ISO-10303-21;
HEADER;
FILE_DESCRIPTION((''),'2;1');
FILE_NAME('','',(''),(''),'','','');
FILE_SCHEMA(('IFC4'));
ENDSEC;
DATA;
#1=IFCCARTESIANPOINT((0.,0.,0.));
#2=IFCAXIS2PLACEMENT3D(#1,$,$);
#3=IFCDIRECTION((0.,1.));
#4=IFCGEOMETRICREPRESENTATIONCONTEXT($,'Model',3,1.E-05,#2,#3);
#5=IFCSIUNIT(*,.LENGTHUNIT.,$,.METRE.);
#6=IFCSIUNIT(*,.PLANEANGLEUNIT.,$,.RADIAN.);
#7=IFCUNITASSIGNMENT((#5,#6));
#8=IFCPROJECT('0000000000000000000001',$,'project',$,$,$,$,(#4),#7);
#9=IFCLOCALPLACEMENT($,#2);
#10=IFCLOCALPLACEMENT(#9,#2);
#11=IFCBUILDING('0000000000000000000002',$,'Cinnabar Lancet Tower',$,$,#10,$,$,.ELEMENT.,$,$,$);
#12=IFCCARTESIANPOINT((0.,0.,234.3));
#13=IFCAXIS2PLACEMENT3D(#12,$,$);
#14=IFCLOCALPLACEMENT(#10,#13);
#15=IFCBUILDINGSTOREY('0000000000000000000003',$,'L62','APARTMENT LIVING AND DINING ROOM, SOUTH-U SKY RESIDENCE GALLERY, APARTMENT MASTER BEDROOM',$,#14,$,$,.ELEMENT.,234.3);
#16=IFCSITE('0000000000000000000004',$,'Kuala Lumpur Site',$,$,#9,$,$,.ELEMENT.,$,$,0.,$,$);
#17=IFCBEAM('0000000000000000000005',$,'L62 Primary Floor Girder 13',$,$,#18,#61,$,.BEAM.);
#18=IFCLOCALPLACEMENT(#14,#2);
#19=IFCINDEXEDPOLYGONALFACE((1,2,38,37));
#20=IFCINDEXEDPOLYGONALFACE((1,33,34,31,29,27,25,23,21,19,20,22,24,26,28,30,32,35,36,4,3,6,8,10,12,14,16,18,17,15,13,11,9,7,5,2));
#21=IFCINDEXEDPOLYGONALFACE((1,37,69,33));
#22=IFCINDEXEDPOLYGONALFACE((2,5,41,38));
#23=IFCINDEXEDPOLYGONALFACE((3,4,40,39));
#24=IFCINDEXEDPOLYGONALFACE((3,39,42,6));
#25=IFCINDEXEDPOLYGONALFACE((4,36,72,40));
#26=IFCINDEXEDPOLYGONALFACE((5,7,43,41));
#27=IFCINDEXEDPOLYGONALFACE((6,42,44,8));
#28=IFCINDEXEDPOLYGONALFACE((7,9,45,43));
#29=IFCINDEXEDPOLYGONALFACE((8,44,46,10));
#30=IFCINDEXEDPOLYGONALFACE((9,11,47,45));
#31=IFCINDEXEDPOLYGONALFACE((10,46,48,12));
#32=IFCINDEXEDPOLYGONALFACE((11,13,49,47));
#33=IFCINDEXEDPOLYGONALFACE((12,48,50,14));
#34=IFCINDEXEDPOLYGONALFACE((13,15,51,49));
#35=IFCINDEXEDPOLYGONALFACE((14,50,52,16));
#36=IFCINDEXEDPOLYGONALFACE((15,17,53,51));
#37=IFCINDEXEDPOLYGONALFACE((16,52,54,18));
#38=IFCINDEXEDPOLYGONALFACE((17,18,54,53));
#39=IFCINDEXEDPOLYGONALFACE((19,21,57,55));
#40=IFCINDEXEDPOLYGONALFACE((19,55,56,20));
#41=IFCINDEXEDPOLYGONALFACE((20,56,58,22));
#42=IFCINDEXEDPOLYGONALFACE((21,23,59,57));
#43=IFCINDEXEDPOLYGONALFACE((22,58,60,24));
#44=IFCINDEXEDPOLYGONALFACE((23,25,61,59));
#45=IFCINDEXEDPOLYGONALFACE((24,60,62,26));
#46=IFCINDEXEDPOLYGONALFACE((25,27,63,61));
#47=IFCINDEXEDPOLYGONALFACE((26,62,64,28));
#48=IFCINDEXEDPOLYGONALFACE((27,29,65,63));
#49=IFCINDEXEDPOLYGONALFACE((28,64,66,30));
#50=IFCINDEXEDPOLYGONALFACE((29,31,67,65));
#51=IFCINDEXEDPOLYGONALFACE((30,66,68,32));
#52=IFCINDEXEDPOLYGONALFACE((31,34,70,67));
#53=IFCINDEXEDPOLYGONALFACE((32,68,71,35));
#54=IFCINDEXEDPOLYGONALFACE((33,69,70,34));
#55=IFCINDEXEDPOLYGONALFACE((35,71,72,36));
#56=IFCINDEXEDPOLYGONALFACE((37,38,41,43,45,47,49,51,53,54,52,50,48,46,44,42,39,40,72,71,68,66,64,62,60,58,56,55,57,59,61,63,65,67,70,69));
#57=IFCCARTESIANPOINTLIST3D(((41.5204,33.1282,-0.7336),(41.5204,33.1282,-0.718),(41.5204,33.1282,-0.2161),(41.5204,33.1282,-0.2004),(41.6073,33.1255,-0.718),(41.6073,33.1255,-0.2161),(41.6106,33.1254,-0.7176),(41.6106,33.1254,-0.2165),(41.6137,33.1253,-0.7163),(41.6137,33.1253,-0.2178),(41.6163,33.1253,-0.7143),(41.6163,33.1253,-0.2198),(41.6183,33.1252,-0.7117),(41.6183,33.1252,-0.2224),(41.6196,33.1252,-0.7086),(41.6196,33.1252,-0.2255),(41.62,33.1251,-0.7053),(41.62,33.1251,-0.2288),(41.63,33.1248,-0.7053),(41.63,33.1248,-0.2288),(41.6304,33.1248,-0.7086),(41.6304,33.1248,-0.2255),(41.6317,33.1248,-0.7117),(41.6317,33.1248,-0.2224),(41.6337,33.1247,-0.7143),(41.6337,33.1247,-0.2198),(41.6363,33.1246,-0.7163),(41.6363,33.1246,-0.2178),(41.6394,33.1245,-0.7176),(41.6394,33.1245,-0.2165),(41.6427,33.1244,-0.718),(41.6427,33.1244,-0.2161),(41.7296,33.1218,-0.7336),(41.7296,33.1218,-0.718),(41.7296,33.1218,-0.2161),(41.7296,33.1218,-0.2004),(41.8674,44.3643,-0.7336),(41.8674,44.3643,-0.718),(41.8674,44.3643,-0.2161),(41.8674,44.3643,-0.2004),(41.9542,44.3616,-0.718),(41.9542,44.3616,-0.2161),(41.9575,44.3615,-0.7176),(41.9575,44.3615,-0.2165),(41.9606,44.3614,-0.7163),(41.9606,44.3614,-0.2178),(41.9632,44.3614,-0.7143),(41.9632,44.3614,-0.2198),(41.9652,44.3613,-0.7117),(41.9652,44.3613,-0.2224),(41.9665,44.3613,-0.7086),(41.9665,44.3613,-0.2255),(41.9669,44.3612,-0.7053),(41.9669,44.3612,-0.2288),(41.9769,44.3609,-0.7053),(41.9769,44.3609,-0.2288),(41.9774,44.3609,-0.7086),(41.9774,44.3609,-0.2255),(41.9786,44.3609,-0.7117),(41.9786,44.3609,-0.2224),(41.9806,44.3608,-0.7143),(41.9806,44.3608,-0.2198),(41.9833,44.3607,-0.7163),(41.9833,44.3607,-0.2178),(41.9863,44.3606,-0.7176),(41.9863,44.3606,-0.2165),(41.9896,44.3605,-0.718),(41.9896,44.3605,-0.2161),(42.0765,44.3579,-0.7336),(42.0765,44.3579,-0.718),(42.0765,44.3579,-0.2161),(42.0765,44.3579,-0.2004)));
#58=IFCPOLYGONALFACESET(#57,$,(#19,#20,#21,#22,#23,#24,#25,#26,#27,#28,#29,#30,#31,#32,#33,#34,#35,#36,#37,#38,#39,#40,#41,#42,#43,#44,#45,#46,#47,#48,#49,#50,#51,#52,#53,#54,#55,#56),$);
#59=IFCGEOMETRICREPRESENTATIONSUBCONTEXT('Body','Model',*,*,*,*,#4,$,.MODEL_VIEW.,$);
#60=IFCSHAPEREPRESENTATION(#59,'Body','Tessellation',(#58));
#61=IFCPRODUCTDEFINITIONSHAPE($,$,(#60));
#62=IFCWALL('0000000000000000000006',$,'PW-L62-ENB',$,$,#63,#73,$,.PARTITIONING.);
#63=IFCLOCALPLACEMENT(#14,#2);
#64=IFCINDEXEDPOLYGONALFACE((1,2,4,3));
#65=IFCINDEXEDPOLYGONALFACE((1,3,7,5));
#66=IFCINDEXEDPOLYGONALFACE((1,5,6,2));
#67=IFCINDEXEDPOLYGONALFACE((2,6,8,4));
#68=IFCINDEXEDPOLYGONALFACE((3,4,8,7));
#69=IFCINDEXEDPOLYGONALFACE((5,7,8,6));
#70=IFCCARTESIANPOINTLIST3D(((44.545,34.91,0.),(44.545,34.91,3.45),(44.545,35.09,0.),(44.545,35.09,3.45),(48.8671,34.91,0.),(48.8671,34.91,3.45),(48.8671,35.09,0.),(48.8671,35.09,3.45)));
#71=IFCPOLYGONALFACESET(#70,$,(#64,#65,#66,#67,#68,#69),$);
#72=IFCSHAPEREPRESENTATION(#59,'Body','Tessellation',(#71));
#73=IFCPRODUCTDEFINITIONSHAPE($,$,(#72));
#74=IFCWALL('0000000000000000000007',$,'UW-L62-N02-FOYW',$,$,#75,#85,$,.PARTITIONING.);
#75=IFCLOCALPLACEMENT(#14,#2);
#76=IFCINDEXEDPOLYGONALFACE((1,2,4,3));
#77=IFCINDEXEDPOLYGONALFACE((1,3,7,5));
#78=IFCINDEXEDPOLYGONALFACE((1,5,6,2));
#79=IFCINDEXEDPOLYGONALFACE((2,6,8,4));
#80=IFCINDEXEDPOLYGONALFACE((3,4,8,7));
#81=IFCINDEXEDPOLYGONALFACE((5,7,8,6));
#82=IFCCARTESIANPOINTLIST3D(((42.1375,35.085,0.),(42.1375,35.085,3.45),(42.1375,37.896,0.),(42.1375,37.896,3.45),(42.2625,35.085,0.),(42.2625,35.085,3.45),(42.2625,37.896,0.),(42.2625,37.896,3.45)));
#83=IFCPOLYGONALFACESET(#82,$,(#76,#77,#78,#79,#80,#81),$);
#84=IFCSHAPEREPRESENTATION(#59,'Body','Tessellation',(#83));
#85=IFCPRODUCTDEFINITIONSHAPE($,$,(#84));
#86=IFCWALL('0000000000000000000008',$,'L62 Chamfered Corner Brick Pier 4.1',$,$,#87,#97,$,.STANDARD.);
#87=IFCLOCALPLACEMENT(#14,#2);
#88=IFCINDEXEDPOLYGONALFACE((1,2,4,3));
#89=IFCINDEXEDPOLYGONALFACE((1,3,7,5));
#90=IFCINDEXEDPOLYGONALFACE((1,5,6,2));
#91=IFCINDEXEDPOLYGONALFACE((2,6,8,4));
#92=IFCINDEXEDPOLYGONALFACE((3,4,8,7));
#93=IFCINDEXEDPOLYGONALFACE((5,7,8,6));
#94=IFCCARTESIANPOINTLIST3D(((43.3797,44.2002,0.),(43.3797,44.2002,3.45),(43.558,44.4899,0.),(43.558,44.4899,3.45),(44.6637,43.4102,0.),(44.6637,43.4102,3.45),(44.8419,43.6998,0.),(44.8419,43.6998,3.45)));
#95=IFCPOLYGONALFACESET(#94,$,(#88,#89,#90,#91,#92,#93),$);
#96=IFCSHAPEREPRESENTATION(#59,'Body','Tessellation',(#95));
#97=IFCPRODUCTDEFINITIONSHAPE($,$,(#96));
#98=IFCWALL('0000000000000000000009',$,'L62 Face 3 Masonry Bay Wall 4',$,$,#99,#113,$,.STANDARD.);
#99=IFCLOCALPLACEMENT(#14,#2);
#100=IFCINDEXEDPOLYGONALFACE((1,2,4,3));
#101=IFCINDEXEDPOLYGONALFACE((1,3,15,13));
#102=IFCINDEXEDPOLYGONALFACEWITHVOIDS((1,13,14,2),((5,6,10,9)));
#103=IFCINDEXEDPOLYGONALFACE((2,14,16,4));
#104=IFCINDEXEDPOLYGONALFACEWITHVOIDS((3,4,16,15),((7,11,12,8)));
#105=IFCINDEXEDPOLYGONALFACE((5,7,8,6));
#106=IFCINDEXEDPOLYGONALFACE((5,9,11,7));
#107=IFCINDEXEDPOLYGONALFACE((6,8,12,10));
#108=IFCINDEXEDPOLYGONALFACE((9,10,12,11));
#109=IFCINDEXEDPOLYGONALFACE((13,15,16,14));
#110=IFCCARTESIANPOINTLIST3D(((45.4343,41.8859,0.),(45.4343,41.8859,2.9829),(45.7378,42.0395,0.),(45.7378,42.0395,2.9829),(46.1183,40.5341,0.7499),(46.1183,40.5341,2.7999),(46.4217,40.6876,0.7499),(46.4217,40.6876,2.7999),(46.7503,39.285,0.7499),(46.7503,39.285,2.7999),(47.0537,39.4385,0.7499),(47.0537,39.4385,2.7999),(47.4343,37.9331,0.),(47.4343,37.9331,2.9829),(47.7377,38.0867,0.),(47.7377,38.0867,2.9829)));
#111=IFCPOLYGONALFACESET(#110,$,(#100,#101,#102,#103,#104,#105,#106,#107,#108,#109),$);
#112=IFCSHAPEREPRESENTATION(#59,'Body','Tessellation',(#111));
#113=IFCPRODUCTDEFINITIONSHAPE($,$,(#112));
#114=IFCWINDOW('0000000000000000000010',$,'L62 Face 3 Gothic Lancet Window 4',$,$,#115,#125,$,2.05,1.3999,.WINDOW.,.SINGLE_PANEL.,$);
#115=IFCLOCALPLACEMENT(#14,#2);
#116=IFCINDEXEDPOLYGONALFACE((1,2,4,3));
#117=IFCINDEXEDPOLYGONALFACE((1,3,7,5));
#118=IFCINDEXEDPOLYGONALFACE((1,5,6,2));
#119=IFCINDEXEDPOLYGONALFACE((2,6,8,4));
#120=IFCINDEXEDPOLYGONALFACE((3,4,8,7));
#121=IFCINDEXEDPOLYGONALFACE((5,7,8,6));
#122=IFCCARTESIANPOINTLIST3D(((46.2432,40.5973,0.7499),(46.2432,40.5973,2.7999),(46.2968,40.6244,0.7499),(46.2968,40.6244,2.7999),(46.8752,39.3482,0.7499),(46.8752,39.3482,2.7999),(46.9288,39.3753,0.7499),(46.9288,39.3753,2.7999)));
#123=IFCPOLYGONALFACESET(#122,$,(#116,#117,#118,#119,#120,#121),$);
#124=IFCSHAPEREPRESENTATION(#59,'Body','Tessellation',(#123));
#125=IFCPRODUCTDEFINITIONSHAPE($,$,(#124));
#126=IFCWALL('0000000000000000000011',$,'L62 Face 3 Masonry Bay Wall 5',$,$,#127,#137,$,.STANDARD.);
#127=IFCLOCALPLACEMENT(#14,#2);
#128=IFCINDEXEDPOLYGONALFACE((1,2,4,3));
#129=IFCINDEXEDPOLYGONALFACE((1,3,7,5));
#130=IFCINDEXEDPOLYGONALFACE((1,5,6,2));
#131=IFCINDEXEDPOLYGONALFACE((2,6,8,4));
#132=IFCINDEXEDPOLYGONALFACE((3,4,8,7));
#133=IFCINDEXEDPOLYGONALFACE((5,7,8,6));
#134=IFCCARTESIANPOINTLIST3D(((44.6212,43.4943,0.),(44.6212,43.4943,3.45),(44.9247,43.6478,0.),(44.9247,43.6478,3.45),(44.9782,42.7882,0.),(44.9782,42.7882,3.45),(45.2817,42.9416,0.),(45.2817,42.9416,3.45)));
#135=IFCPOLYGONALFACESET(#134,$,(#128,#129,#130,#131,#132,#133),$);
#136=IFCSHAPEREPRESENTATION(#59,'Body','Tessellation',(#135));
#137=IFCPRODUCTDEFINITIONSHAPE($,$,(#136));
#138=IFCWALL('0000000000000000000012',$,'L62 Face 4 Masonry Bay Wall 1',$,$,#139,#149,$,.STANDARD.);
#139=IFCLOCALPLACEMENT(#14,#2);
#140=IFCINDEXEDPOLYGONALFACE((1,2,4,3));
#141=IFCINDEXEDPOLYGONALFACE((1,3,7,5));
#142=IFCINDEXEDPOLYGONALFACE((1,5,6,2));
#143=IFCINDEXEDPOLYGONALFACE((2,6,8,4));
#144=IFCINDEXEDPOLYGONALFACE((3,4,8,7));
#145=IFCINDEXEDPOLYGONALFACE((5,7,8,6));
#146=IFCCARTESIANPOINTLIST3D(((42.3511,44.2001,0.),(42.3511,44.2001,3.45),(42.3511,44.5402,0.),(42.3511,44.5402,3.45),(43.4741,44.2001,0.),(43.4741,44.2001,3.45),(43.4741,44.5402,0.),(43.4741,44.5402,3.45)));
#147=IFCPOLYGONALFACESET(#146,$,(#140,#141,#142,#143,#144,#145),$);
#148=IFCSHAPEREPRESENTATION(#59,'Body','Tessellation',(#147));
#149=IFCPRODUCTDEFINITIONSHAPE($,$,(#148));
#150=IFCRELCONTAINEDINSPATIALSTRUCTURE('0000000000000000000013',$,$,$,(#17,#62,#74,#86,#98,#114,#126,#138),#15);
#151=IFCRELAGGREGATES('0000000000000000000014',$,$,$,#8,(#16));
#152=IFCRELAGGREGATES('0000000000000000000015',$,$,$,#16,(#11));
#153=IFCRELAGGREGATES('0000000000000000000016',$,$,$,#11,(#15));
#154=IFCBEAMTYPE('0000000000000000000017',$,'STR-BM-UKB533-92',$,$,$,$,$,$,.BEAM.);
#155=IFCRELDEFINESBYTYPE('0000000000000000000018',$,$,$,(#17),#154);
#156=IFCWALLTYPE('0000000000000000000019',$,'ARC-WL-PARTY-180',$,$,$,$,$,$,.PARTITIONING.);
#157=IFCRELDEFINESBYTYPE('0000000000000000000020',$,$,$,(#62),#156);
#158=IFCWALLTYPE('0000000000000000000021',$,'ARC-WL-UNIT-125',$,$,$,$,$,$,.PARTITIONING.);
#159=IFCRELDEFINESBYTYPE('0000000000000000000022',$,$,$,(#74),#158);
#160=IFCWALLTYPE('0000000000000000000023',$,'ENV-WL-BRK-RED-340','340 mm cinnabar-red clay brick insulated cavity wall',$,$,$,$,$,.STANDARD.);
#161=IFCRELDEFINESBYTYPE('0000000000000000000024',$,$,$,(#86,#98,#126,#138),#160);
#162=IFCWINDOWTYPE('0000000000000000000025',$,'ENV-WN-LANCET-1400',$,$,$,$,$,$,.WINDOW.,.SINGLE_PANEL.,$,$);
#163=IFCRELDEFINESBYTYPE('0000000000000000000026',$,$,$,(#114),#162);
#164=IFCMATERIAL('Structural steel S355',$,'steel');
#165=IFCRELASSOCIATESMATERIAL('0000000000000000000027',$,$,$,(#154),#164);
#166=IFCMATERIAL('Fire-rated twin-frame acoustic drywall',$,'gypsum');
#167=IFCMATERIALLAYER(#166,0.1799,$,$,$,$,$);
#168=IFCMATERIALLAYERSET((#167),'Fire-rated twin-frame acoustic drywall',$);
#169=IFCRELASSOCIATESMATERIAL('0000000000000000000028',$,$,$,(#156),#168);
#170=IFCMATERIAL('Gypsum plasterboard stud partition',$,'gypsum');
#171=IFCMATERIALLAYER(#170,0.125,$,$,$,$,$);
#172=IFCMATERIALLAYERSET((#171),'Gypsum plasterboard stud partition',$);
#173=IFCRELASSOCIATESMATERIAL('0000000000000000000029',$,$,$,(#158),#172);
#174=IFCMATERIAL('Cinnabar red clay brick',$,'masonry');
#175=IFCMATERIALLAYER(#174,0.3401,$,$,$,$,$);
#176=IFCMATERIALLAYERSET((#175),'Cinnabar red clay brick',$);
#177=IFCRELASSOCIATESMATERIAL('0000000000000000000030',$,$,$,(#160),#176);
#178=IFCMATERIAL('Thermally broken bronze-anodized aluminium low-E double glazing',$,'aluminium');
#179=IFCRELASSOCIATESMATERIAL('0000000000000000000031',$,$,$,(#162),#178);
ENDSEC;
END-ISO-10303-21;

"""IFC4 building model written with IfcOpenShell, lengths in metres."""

from ifc_helpers import new_model, si_unit, direction, frame, frame_2d, origin, origin_2d, place, context, subcontext, project, spatial, rectangle, i_section, extrude, material, layer, layer_set, material_profile, profile_set, type_object, element, fill, save


model = new_model("IFC4")

# Units and contexts
model_context = context("Model", 3, precision=1e-05, world=origin(), true_north=direction((0.0, 1.0)))
body_context = subcontext(model_context, "Body", "Model", "MODEL_VIEW")
ifc_project = project(units=[si_unit("LENGTHUNIT", "METRE"), si_unit("PLANEANGLEUNIT", "RADIAN")], contexts=[model_context])

# Site, building, storey
site_placement = place(None, origin())
site = spatial("IfcSite", under=ifc_project, at=site_placement, Name="Kuala Lumpur Site", CompositionType="ELEMENT", RefElevation=0.0)
building_placement = place(site_placement, origin())
building = spatial("IfcBuilding", under=site, at=building_placement, Name="Cinnabar Lancet Tower", CompositionType="ELEMENT")
storey_placement = place(building_placement, frame((0.0, 0.0, 234.3)))
storey = spatial("IfcBuildingStorey", under=building, at=storey_placement, Name="L62", Description="APARTMENT LIVING AND DINING ROOM, SOUTH-U SKY RESIDENCE GALLERY, APARTMENT MASTER BEDROOM", CompositionType="ELEMENT", Elevation=234.3)

# Beam
ifc_material_1 = material(Name="Structural steel S355", Category="steel")
ifc_material_profile_1 = material_profile(ifc_material_1, i_section(OverallWidth=0.2092, OverallDepth=0.5332, WebThickness=0.01, FlangeThickness=0.0156, FilletRadius=0.0127, at=origin_2d()), Name="UKB 533x210x92")
ifc_profile_set_1 = profile_set([ifc_material_profile_1], Name="Structural steel S355")
beam_type_1 = type_object("IfcBeamType", Name="STR-BM-UKB533-92", PredefinedType="BEAM", material=ifc_profile_set_1)
beam_1_placement = place(storey_placement, frame((41.9719, 44.3611, -0.467), z_axis=(-0.030861, -0.999524, 0.0), x_axis=(0.999524, -0.030861, 0.0)))
element("IfcBeam", 1, at=beam_1_placement, inside=storey, type_object=beam_type_1, Name="L62 Primary Floor Girder 13", PredefinedType="BEAM", context=body_context, shape_type="SweptSolid", body=[
    extrude(i_section(OverallWidth=0.2092, OverallDepth=0.5332, WebThickness=0.01, FlangeThickness=0.0156, FilletRadius=0.0127, at=origin_2d()), origin(), (0.0, 0.0, 1.0), 11.2415),
])

# Walls
ifc_material_2 = material(Name="Fire-rated twin-frame acoustic drywall", Category="gypsum")
ifc_layer_1 = layer(ifc_material_2, 0.1799)
ifc_layer_set_1 = layer_set([ifc_layer_1], Name="Fire-rated twin-frame acoustic drywall")
wall_type_1 = type_object("IfcWallType", Name="ARC-WL-PARTY-180", PredefinedType="PARTITIONING", material=ifc_layer_set_1)
wall_1_placement = place(storey_placement, frame((44.5449, 35.0, 0.0), z_axis=(0.0, 0.0, 1.0), x_axis=(1.0, 0.0, 0.0)))
element("IfcWall", 2, at=wall_1_placement, inside=storey, type_object=wall_type_1, Name="PW-L62-ENB", PredefinedType="PARTITIONING", context=body_context, shape_type="SweptSolid", body=[
    extrude(rectangle(XDim=4.322, YDim=0.1799, at=frame_2d((2.1611, 0.0))), origin(), (0.0, 0.0, 1.0), 3.45),
])
ifc_material_3 = material(Name="Gypsum plasterboard stud partition", Category="gypsum")
ifc_layer_2 = layer(ifc_material_3, 0.125)
ifc_layer_set_2 = layer_set([ifc_layer_2], Name="Gypsum plasterboard stud partition")
wall_type_2 = type_object("IfcWallType", Name="ARC-WL-UNIT-125", PredefinedType="PARTITIONING", material=ifc_layer_set_2)
wall_2_placement = place(storey_placement, frame((42.2, 35.085, 0.0), z_axis=(0.0, 0.0, 1.0), x_axis=(0.0, 1.0, 0.0)))
element("IfcWall", 3, at=wall_2_placement, inside=storey, type_object=wall_type_2, Name="UW-L62-N02-FOYW", PredefinedType="PARTITIONING", context=body_context, shape_type="SweptSolid", body=[
    extrude(rectangle(XDim=2.811, YDim=0.125, at=frame_2d((1.4055, 0.0))), origin(), (0.0, 0.0, 1.0), 3.45),
])
ifc_material_4 = material(Name="Cinnabar red clay brick", Category="masonry")
ifc_layer_3 = layer(ifc_material_4, 0.3401)
ifc_layer_set_3 = layer_set([ifc_layer_3], Name="Cinnabar red clay brick")
wall_type_3 = type_object("IfcWallType", Name="ENV-WL-BRK-RED-340", Description="340 mm cinnabar-red clay brick insulated cavity wall", PredefinedType="STANDARD", material=ifc_layer_set_3)
wall_3_placement = place(storey_placement, frame((44.7529, 43.5549, 0.0), z_axis=(0.0, 0.0, 1.0), x_axis=(-0.851681, 0.524061, 0.0)))
element("IfcWall", 4, at=wall_3_placement, inside=storey, type_object=wall_type_3, Name="L62 Chamfered Corner Brick Pier 4.1", PredefinedType="STANDARD", context=body_context, shape_type="SweptSolid", body=[
    extrude(rectangle(XDim=1.5076, YDim=0.3401, at=frame_2d((0.7539, 0.0))), origin(), (0.0, 0.0, 1.0), 3.45),
])

# Wall, opening, window
wall_4_placement = place(storey_placement, frame((47.5859, 38.01, 0.0), z_axis=(0.0, 0.0, 1.0), x_axis=(-0.451463, 0.89229, 0.0)))
wall_4 = element("IfcWall", 5, at=wall_4_placement, inside=storey, type_object=wall_type_3, Name="L62 Face 3 Masonry Bay Wall 4", PredefinedType="STANDARD", context=body_context, shape_type="SweptSolid", body=[
    extrude(rectangle(XDim=4.4299, YDim=0.3401, at=frame_2d((2.2148, 0.0))), origin(), (0.0, 0.0, 1.0), 2.9829),
])
opening_placement = place(wall_4_placement, frame((1.5149, 0.0, 0.75)))
opening = element("IfcOpeningElement", 6, at=opening_placement, cuts=wall_4, PredefinedType="OPENING", context=body_context, shape_type="SweptSolid", body=[
    extrude(rectangle(XDim=1.3999, YDim=2.05, at=frame_2d((0.7, 1.0249))), frame((0.0, 0.1799, 0.0), z_axis=(0.0, -1.0, 0.0), x_axis=(1.0, 0.0, 0.0)), (0.0, 0.0, 1.0), 0.3601),
])
ifc_material_5 = material(Name="Thermally broken bronze-anodized aluminium low-E double glazing", Category="aluminium")
window_type = type_object("IfcWindowType", Name="ENV-WN-LANCET-1400", PartitioningType="SINGLE_PANEL", PredefinedType="WINDOW", material=ifc_material_5)
window_placement = place(opening_placement, origin())
window = element("IfcWindow", 7, at=window_placement, inside=storey, type_object=window_type, Name="L62 Face 3 Gothic Lancet Window 4", OverallHeight=2.05, OverallWidth=1.3999, PartitioningType="SINGLE_PANEL", PredefinedType="WINDOW", context=body_context, shape_type="SweptSolid", body=[
    extrude(rectangle(XDim=1.3999, YDim=2.05, at=frame_2d((0.7, 1.0249))), frame((0.0, 0.03, 0.0), z_axis=(0.0, -1.0, 0.0), x_axis=(1.0, 0.0, 0.0)), (0.0, 0.0, 1.0), 0.0601),
])
fill(opening, window)

# Walls
wall_5_placement = place(storey_placement, frame((45.1299, 42.865, 0.0), z_axis=(0.0, 0.0, 1.0), x_axis=(-0.451159, 0.892443, 0.0)))
element("IfcWall", 8, at=wall_5_placement, inside=storey, type_object=wall_type_3, Name="L62 Face 3 Masonry Bay Wall 5", PredefinedType="STANDARD", context=body_context, shape_type="SweptSolid", body=[
    extrude(rectangle(XDim=0.7913, YDim=0.3401, at=frame_2d((0.3955, 0.0))), origin(), (0.0, 0.0, 1.0), 3.45),
])
wall_6_placement = place(storey_placement, frame((43.4741, 44.3701, 0.0), z_axis=(0.0, 0.0, 1.0), x_axis=(-1.0, 0.0, 0.0)))
element("IfcWall", 9, at=wall_6_placement, inside=storey, type_object=wall_type_3, Name="L62 Face 4 Masonry Bay Wall 1", PredefinedType="STANDARD", context=body_context, shape_type="SweptSolid", body=[
    extrude(rectangle(XDim=1.123, YDim=0.3401, at=frame_2d((0.5615, 0.0))), origin(), (0.0, 0.0, 1.0), 3.45),
])

save(model, "model.ifc")
